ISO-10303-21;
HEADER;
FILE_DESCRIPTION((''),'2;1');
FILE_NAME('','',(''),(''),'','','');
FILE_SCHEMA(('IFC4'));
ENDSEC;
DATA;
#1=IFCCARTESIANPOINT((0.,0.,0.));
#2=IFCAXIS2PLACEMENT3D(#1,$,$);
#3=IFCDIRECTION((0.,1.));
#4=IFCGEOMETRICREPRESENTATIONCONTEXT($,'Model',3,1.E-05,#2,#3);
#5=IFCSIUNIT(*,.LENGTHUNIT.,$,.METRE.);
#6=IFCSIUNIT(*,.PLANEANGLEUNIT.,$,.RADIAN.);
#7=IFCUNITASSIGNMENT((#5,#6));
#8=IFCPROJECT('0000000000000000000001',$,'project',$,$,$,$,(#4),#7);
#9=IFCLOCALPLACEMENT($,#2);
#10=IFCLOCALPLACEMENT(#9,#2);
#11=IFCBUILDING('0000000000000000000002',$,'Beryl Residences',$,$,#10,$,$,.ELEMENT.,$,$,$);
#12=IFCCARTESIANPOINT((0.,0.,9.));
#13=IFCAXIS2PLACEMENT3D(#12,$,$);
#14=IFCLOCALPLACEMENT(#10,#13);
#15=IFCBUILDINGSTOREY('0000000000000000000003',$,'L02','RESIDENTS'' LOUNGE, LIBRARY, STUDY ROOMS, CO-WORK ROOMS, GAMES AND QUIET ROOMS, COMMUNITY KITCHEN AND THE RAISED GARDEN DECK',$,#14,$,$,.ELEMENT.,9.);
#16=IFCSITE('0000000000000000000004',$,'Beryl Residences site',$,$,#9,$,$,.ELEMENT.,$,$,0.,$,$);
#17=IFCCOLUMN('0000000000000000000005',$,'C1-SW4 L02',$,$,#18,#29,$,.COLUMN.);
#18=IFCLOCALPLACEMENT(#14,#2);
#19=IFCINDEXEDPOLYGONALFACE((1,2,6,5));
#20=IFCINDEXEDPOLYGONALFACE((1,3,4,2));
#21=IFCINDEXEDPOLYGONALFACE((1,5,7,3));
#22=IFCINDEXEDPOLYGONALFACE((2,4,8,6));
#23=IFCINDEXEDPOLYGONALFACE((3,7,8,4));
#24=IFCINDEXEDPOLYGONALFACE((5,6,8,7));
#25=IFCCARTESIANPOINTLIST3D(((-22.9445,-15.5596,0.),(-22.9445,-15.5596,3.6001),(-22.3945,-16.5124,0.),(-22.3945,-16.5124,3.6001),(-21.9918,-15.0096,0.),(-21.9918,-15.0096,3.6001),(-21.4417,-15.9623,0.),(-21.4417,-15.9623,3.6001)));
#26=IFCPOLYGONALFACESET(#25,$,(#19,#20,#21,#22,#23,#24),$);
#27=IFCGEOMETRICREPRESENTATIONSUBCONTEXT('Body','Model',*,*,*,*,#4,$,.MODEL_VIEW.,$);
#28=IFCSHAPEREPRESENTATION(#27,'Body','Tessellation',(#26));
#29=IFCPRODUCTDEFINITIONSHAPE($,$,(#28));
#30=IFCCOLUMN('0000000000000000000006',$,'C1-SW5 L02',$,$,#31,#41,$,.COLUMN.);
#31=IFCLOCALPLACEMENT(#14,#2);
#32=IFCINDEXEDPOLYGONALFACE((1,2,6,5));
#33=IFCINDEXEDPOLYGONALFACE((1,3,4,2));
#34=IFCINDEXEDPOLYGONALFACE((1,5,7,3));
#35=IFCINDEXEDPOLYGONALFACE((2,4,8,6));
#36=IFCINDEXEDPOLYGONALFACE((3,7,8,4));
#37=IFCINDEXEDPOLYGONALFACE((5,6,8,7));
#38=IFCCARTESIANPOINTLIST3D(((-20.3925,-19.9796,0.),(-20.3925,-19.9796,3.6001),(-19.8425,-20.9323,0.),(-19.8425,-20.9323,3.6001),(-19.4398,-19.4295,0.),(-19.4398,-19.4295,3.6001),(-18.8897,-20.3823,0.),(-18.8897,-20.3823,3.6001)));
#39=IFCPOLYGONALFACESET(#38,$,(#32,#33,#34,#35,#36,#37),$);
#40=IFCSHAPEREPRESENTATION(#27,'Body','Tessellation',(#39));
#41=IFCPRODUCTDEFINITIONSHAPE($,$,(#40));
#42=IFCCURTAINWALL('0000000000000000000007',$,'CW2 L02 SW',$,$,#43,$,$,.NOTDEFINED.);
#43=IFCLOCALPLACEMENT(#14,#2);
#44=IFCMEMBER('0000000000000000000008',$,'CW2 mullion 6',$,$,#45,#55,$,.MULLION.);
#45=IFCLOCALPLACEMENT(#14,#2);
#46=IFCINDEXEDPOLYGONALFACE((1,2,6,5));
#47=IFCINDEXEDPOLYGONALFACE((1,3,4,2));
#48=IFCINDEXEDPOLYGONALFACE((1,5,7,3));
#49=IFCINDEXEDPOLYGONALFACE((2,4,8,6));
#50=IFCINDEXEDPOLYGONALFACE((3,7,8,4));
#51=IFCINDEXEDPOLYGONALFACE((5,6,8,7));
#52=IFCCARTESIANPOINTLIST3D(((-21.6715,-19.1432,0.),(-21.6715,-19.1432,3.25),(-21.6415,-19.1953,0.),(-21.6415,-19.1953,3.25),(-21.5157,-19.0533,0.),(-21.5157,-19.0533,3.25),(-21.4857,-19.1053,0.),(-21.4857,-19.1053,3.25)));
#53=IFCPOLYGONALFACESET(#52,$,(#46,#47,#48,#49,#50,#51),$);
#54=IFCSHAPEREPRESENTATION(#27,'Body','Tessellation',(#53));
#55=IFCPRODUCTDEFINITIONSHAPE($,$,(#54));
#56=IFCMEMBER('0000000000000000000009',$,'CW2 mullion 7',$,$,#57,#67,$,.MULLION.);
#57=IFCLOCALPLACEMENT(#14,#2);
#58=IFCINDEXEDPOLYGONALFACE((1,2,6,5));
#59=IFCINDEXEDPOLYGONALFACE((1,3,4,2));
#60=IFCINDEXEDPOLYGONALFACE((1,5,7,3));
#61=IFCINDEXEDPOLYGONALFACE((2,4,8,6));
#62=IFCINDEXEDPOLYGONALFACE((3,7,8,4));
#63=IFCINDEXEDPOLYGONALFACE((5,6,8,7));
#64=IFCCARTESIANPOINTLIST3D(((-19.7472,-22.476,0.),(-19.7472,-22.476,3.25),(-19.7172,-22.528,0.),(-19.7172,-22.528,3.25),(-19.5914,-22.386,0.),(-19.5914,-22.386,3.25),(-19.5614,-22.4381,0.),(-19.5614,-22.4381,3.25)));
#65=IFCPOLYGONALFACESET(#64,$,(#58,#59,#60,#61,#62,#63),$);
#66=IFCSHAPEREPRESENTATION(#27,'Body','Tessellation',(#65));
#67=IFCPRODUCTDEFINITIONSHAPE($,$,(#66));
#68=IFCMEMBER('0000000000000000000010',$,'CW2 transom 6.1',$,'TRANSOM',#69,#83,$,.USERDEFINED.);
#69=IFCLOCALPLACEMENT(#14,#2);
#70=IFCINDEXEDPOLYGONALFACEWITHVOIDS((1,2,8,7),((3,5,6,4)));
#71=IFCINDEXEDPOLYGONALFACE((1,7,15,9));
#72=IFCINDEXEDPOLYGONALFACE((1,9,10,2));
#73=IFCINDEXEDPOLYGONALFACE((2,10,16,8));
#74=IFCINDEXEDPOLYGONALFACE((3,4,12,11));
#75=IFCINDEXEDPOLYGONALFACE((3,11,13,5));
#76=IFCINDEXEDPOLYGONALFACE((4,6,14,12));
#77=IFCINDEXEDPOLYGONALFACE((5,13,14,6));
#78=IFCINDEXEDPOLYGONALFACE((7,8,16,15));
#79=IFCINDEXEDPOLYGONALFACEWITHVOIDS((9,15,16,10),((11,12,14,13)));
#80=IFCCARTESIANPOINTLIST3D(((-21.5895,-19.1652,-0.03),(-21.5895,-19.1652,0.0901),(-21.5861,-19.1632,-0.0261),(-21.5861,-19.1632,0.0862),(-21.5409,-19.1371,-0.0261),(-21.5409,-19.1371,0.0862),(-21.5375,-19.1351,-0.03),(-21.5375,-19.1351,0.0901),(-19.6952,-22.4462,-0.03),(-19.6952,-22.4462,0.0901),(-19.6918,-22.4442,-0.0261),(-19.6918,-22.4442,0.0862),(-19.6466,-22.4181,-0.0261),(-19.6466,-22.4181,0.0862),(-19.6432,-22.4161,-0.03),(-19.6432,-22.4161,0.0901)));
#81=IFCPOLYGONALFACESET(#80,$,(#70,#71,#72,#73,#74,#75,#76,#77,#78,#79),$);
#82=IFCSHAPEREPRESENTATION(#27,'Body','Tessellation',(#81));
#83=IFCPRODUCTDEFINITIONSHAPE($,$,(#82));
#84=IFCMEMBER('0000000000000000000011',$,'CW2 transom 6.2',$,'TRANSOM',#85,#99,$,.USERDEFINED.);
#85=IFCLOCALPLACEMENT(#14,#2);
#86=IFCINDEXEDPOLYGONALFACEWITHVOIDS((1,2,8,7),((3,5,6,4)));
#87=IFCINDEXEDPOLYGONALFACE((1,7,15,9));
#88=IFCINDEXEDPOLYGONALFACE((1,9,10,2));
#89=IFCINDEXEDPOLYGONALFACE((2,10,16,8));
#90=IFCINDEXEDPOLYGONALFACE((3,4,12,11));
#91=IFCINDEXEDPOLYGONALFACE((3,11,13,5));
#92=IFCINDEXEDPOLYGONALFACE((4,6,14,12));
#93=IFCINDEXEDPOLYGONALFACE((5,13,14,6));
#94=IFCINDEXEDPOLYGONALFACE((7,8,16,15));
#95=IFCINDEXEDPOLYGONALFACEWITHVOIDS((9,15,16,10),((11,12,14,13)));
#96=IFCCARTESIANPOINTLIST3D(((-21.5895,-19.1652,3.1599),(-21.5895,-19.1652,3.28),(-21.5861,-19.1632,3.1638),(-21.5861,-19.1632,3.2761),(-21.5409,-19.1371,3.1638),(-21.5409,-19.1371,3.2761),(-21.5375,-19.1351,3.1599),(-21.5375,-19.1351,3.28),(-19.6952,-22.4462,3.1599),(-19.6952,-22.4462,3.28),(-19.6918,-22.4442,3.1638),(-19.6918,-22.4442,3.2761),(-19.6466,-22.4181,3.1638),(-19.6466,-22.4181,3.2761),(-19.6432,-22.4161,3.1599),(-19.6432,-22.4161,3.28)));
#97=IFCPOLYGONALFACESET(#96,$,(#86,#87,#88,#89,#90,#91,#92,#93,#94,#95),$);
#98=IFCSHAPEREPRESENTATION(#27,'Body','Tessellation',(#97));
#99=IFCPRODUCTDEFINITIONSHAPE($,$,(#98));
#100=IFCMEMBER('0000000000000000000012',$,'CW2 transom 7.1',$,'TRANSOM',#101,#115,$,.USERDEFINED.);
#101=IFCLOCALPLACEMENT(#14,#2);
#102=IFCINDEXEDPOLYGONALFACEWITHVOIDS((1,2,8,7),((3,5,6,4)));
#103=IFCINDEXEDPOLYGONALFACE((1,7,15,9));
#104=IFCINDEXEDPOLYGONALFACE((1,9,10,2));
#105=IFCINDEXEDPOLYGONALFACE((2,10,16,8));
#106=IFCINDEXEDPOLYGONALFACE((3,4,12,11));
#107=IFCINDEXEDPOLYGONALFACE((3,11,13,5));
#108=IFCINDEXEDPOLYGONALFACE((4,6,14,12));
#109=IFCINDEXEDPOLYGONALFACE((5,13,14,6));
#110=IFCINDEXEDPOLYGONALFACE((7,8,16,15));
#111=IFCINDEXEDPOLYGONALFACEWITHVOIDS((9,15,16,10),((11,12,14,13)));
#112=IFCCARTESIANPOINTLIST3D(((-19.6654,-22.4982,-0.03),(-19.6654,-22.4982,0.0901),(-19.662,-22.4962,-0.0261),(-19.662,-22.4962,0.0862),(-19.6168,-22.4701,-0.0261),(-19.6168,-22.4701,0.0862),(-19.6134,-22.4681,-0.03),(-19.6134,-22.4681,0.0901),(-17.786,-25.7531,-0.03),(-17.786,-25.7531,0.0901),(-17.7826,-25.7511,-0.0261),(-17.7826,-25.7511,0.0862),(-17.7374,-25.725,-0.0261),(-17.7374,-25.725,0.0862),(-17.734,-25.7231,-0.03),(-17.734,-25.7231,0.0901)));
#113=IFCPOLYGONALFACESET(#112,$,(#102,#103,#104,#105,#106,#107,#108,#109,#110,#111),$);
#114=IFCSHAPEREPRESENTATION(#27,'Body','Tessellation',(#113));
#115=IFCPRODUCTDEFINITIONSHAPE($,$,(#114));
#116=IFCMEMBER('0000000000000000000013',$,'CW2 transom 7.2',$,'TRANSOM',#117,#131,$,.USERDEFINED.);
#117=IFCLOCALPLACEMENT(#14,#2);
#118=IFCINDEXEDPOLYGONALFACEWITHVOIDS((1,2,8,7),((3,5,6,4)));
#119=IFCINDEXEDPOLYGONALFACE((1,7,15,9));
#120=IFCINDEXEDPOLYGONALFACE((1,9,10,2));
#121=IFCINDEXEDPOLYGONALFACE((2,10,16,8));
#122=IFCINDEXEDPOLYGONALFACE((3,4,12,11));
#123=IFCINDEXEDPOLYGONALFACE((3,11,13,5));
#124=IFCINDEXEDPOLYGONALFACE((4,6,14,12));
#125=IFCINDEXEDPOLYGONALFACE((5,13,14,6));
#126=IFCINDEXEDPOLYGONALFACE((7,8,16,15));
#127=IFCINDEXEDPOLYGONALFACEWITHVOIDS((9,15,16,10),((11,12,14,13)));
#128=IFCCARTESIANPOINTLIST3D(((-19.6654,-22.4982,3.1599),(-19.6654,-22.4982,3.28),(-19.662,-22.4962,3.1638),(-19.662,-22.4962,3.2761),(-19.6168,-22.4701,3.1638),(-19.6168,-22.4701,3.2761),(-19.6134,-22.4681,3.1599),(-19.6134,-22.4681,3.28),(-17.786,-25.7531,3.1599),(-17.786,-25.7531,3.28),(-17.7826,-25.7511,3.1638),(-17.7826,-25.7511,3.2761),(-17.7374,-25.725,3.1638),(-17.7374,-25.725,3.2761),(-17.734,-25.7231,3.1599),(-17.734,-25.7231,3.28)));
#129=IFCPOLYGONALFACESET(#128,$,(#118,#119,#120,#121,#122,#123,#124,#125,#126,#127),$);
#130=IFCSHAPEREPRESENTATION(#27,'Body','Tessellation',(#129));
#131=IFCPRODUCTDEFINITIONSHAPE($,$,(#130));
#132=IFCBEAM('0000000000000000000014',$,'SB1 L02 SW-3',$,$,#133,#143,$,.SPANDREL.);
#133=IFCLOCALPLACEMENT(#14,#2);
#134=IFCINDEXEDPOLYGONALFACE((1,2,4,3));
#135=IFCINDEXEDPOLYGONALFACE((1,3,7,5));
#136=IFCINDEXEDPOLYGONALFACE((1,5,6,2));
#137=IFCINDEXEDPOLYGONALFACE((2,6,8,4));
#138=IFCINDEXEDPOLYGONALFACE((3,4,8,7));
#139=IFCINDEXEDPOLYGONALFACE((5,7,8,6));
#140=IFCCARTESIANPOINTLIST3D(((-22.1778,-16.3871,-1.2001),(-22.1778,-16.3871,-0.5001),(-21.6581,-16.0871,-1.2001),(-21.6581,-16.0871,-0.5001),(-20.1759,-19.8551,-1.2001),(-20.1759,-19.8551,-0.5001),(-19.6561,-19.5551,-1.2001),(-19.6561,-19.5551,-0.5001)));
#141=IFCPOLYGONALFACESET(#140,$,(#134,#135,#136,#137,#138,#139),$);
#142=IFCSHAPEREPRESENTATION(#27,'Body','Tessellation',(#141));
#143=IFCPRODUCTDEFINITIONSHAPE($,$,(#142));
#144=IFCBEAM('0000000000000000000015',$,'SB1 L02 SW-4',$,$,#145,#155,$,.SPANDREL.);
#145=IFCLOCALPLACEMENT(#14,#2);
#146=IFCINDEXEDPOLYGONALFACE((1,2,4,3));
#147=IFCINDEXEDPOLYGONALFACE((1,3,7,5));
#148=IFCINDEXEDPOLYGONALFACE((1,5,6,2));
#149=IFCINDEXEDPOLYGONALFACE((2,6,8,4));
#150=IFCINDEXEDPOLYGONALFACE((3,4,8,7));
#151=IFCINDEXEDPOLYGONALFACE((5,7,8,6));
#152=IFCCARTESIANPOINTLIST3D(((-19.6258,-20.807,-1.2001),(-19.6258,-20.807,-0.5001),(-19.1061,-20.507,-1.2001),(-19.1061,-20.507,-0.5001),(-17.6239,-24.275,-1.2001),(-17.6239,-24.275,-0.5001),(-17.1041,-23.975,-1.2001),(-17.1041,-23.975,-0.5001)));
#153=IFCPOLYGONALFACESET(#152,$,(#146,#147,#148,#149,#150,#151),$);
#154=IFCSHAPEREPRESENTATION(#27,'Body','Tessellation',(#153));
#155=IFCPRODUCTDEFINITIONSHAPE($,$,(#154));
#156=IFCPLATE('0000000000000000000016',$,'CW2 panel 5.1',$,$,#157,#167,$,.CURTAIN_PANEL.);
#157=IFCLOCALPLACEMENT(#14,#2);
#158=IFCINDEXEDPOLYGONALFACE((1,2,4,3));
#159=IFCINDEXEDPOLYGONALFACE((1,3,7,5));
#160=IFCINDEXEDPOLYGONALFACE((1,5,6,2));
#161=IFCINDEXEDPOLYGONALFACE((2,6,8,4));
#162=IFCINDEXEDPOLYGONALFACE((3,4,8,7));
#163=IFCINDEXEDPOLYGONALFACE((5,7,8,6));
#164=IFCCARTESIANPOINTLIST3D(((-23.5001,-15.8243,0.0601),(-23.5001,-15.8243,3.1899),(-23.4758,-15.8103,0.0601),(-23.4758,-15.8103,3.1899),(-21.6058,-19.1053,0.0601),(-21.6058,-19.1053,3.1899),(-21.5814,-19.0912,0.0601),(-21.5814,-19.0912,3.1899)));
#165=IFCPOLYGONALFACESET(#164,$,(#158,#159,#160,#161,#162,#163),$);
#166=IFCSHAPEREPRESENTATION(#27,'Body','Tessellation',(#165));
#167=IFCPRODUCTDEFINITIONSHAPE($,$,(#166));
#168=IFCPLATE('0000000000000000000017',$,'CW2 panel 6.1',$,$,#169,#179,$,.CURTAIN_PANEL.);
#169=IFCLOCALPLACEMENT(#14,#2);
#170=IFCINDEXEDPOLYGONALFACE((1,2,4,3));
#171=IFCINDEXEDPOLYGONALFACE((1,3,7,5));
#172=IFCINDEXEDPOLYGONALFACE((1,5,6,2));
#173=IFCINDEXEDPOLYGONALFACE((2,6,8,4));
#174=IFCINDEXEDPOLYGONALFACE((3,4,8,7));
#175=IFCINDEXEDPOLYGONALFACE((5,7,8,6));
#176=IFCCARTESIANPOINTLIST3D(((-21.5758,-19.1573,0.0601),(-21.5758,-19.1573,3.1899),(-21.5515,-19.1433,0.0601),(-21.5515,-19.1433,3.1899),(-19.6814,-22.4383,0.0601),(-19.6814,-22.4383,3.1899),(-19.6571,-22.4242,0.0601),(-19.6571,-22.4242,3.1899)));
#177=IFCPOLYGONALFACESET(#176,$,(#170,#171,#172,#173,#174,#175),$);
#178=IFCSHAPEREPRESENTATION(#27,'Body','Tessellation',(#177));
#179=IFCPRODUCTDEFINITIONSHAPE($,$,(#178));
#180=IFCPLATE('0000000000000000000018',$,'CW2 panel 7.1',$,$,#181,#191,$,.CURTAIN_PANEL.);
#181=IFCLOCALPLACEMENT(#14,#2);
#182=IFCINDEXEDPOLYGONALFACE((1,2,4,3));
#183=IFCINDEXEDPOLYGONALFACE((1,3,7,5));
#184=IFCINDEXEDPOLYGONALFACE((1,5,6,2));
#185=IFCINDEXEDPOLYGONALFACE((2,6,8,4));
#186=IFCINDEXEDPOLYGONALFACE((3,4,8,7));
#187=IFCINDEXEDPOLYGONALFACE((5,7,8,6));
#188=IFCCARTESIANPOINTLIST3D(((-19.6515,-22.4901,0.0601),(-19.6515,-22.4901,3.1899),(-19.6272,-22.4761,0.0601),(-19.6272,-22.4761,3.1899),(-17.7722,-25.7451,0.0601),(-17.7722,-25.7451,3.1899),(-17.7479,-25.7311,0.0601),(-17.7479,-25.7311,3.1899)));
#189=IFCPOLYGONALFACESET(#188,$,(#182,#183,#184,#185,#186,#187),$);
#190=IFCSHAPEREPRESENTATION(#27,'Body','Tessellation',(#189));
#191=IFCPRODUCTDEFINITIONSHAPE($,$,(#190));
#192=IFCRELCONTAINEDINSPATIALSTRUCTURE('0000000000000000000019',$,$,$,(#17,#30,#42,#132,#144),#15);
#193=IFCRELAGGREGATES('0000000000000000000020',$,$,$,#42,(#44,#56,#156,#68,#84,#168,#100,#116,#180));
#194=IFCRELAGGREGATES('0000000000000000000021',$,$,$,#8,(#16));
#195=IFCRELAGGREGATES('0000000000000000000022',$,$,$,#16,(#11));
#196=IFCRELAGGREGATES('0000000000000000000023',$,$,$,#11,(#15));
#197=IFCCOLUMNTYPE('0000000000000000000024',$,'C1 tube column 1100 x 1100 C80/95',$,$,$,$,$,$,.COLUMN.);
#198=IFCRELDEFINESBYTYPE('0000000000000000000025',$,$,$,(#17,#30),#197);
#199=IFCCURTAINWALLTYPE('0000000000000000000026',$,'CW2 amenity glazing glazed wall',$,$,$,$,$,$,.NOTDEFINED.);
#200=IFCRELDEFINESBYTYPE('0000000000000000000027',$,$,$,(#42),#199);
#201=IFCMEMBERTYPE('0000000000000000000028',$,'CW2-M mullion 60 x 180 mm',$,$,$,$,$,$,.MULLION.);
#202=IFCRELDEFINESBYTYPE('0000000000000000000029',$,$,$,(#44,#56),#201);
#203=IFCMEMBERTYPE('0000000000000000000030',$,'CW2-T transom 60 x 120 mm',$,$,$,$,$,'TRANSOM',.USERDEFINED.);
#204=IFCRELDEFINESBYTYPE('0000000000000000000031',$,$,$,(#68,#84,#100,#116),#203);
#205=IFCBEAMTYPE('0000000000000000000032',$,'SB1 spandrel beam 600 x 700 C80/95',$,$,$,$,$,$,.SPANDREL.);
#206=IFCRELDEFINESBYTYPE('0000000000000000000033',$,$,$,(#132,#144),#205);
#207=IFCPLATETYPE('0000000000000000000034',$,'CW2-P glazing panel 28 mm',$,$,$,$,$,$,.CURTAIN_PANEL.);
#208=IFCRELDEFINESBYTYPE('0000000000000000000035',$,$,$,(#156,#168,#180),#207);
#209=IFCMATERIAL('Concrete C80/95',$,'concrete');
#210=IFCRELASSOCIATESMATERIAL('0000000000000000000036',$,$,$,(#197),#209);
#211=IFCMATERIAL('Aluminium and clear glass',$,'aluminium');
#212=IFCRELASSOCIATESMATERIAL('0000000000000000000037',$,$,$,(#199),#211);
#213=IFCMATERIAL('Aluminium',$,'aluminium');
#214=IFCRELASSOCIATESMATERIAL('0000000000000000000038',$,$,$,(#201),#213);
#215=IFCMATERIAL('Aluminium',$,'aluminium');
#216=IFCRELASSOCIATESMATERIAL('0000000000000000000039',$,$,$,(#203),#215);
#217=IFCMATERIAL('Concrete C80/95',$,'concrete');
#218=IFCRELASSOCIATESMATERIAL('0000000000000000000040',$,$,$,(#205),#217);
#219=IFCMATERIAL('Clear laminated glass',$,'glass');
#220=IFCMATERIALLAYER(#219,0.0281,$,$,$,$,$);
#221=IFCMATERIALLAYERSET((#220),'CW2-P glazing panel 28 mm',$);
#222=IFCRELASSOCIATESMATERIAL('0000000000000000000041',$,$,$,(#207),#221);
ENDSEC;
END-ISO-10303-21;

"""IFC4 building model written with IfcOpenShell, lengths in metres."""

from ifc_helpers import new_model, si_unit, direction, frame, origin, origin_2d, place, context, subcontext, project, spatial, rectangle, hollow_rectangle, extrude, material, layer, layer_set, material_profile, profile_set, type_object, element, aggregate, save


model = new_model("IFC4")

# Units and contexts
model_context = context("Model", 3, precision=1e-05, world=origin(), true_north=direction((0.0, 1.0)))
body_context = subcontext(model_context, "Body", "Model", "MODEL_VIEW")
ifc_project = project(units=[si_unit("LENGTHUNIT", "METRE"), si_unit("PLANEANGLEUNIT", "RADIAN")], contexts=[model_context])

# Site, building, storey
site_placement = place(None, origin())
site = spatial("IfcSite", under=ifc_project, at=site_placement, Name="Beryl Residences site", CompositionType="ELEMENT", RefElevation=0.0)
building_placement = place(site_placement, origin())
building = spatial("IfcBuilding", under=site, at=building_placement, Name="Beryl Residences", CompositionType="ELEMENT")
storey_placement = place(building_placement, frame((0.0, 0.0, 9.0)))
storey = spatial("IfcBuildingStorey", under=building, at=storey_placement, Name="L02", Description="RESIDENTS' LOUNGE, LIBRARY, STUDY ROOMS, CO-WORK ROOMS, GAMES AND QUIET ROOMS, COMMUNITY KITCHEN AND THE RAISED GARDEN DECK", CompositionType="ELEMENT", Elevation=9.0)

# Columns
ifc_material_1 = material(Name="Concrete C80/95", Category="concrete")
ifc_material_profile_1 = material_profile(ifc_material_1, rectangle(XDim=1.1001, YDim=1.1001, at=origin_2d()))
ifc_profile_set_1 = profile_set([ifc_material_profile_1], Name="Concrete C80/95")
column_type = type_object("IfcColumnType", Name="C1 tube column 1100 x 1100 C80/95", PredefinedType="COLUMN", material=ifc_profile_set_1)
for number, where, z_axis, x_axis, name in (
    (1, (-22.1931, -15.761, 0.0), (0.0, 0.0, 1.0), (0.499985, -0.866034, 0.0), "C1-SW4 L02"),
    (2, (-19.6411, -20.1809, 0.0), (0.0, 0.0, 1.0), (0.499985, -0.866034, 0.0), "C1-SW5 L02"),
):
    element("IfcColumn", number, at=place(storey_placement, frame(where, z_axis=z_axis, x_axis=x_axis)), inside=storey, type_object=column_type, Name=name, PredefinedType="COLUMN", context=body_context, shape_type="SweptSolid", body=[
        extrude(rectangle(XDim=1.1001, YDim=1.1001, at=origin_2d()), origin(), (0.0, 0.0, 1.0), 3.6001),
    ])

# Curtain wall, members
ifc_material_2 = material(Name="Aluminium and clear glass", Category="aluminium")
curtain_wall_type = type_object("IfcCurtainWallType", Name="CW2 amenity glazing glazed wall", PredefinedType="NOTDEFINED", material=ifc_material_2)
curtain_wall_placement = place(storey_placement, origin())
curtain_wall = element("IfcCurtainWall", 3, at=curtain_wall_placement, inside=storey, type_object=curtain_wall_type, Name="CW2 L02 SW", PredefinedType="NOTDEFINED")
ifc_material_3 = material(Name="Aluminium", Category="aluminium")
ifc_material_profile_2 = material_profile(ifc_material_3, rectangle(XDim=0.0601, YDim=0.1799, at=origin_2d()))
ifc_profile_set_2 = profile_set([ifc_material_profile_2], Name="Aluminium")
member_type_1 = type_object("IfcMemberType", Name="CW2-M mullion 60 x 180 mm", PredefinedType="MULLION", material=ifc_profile_set_2)
member_1_placement = place(storey_placement, frame((-21.5786, -19.1243, 0.0), z_axis=(0.0, 0.0, 1.0), x_axis=(0.500012, -0.866019, 0.0)))
member_1 = element("IfcMember", 4, at=member_1_placement, type_object=member_type_1, Name="CW2 mullion 6", PredefinedType="MULLION", context=body_context, shape_type="SweptSolid", body=[
    extrude(rectangle(XDim=0.0601, YDim=0.1799, at=origin_2d()), origin(), (0.0, 0.0, 1.0), 3.25),
])
member_2_placement = place(storey_placement, frame((-19.6543, -22.457, 0.0), z_axis=(0.0, 0.0, 1.0), x_axis=(0.500012, -0.866019, 0.0)))
member_2 = element("IfcMember", 5, at=member_2_placement, type_object=member_type_1, Name="CW2 mullion 7", PredefinedType="MULLION", context=body_context, shape_type="SweptSolid", body=[
    extrude(rectangle(XDim=0.0601, YDim=0.1799, at=origin_2d()), origin(), (0.0, 0.0, 1.0), 3.25),
])
ifc_material_4 = material(Name="Aluminium", Category="aluminium")
ifc_material_profile_3 = material_profile(ifc_material_4, hollow_rectangle(XDim=0.0601, YDim=0.1201, WallThickness=0.0039, at=origin_2d()))
ifc_profile_set_3 = profile_set([ifc_material_profile_3], Name="Aluminium")
member_type_2 = type_object("IfcMemberType", Name="CW2-T transom 60 x 120 mm", ElementType="TRANSOM", PredefinedType="USERDEFINED", material=ifc_profile_set_3)
member_3_placement = place(storey_placement, frame((-21.5635, -19.1501, 0.03), z_axis=(0.5, -0.866026, 0.0), x_axis=(0.866026, 0.5, 0.0)))
member_3 = element("IfcMember", 6, at=member_3_placement, type_object=member_type_2, Name="CW2 transom 6.1", ObjectType="TRANSOM", PredefinedType="USERDEFINED", context=body_context, shape_type="SweptSolid", body=[
    extrude(hollow_rectangle(XDim=0.0601, YDim=0.1201, WallThickness=0.0039, at=origin_2d()), origin(), (0.0, 0.0, 1.0), 3.7886),
])
member_4_placement = place(storey_placement, frame((-21.5635, -19.1501, 3.22), z_axis=(0.5, -0.866026, 0.0), x_axis=(0.866026, 0.5, 0.0)))
member_4 = element("IfcMember", 7, at=member_4_placement, type_object=member_type_2, Name="CW2 transom 6.2", ObjectType="TRANSOM", PredefinedType="USERDEFINED", context=body_context, shape_type="SweptSolid", body=[
    extrude(hollow_rectangle(XDim=0.0601, YDim=0.1201, WallThickness=0.0039, at=origin_2d()), origin(), (0.0, 0.0, 1.0), 3.7886),
])
member_5_placement = place(storey_placement, frame((-19.6394, -22.4832, 0.03), z_axis=(0.500037, -0.866004, 0.0), x_axis=(0.866004, 0.500037, 0.0)))
member_5 = element("IfcMember", 8, at=member_5_placement, type_object=member_type_2, Name="CW2 transom 7.1", ObjectType="TRANSOM", PredefinedType="USERDEFINED", context=body_context, shape_type="SweptSolid", body=[
    extrude(hollow_rectangle(XDim=0.0601, YDim=0.1201, WallThickness=0.0039, at=origin_2d()), origin(), (0.0, 0.0, 1.0), 3.7585),
])
member_6_placement = place(storey_placement, frame((-19.6394, -22.4832, 3.22), z_axis=(0.500037, -0.866004, 0.0), x_axis=(0.866004, 0.500037, 0.0)))
member_6 = element("IfcMember", 9, at=member_6_placement, type_object=member_type_2, Name="CW2 transom 7.2", ObjectType="TRANSOM", PredefinedType="USERDEFINED", context=body_context, shape_type="SweptSolid", body=[
    extrude(hollow_rectangle(XDim=0.0601, YDim=0.1201, WallThickness=0.0039, at=origin_2d()), origin(), (0.0, 0.0, 1.0), 3.7585),
])

# Beams
ifc_material_5 = material(Name="Concrete C80/95", Category="concrete")
ifc_material_profile_4 = material_profile(ifc_material_5, rectangle(XDim=0.6001, YDim=0.7, at=origin_2d()))
ifc_profile_set_4 = profile_set([ifc_material_profile_4], Name="Concrete C80/95")
beam_type = type_object("IfcBeamType", Name="SB1 spandrel beam 600 x 700 C80/95", PredefinedType="SPANDREL", material=ifc_profile_set_4)
for number, where, z_axis, x_axis, name in (
    (10, (-21.918, -16.2371, -0.8501), (0.499942, -0.866059, 0.0), (0.866059, 0.499942, 0.0), "SB1 L02 SW-3"),
    (11, (-19.366, -20.657, -0.8501), (0.499942, -0.866059, 0.0), (0.866059, 0.499942, 0.0), "SB1 L02 SW-4"),
):
    element("IfcBeam", number, at=place(storey_placement, frame(where, z_axis=z_axis, x_axis=x_axis)), inside=storey, type_object=beam_type, Name=name, PredefinedType="SPANDREL", context=body_context, shape_type="SweptSolid", body=[
        extrude(rectangle(XDim=0.6001, YDim=0.7, at=origin_2d()), origin(), (0.0, 0.0, 1.0), 4.0044),
    ])

# Plates
ifc_material_6 = material(Name="Clear laminated glass", Category="glass")
ifc_layer_1 = layer(ifc_material_6, 0.0281)
ifc_layer_set_1 = layer_set([ifc_layer_1], Name="CW2-P glazing panel 28 mm")
plate_type = type_object("IfcPlateType", Name="CW2-P glazing panel 28 mm", PredefinedType="CURTAIN_PANEL", material=ifc_layer_set_1)
plate_1_placement = place(storey_placement, frame((-22.5408, -17.4578, 0.0601), z_axis=(0.0, 0.0, 1.0), x_axis=(0.500012, -0.866019, 0.0)))
plate_1 = element("IfcPlate", 12, at=plate_1_placement, type_object=plate_type, Name="CW2 panel 5.1", PredefinedType="CURTAIN_PANEL", context=body_context, shape_type="SweptSolid", body=[
    extrude(rectangle(XDim=3.7886, YDim=0.0281, at=origin_2d()), origin(), (0.0, 0.0, 1.0), 3.1299),
])
plate_2_placement = place(storey_placement, frame((-20.6165, -20.7908, 0.0601), z_axis=(0.0, 0.0, 1.0), x_axis=(0.500012, -0.866019, 0.0)))
plate_2 = element("IfcPlate", 13, at=plate_2_placement, type_object=plate_type, Name="CW2 panel 6.1", PredefinedType="CURTAIN_PANEL", context=body_context, shape_type="SweptSolid", body=[
    extrude(rectangle(XDim=3.7886, YDim=0.0281, at=origin_2d()), origin(), (0.0, 0.0, 1.0), 3.1299),
])
plate_3_placement = place(storey_placement, frame((-18.6997, -24.1106, 0.0601), z_axis=(0.0, 0.0, 1.0), x_axis=(0.500012, -0.866019, 0.0)))
plate_3 = element("IfcPlate", 14, at=plate_3_placement, type_object=plate_type, Name="CW2 panel 7.1", PredefinedType="CURTAIN_PANEL", context=body_context, shape_type="SweptSolid", body=[
    extrude(rectangle(XDim=3.7585, YDim=0.0281, at=origin_2d()), origin(), (0.0, 0.0, 1.0), 3.1299),
])
aggregate(curtain_wall, [member_1, member_2, plate_1, member_3, member_4, plate_2, member_5, member_6, plate_3])

save(model, "model.ifc")
